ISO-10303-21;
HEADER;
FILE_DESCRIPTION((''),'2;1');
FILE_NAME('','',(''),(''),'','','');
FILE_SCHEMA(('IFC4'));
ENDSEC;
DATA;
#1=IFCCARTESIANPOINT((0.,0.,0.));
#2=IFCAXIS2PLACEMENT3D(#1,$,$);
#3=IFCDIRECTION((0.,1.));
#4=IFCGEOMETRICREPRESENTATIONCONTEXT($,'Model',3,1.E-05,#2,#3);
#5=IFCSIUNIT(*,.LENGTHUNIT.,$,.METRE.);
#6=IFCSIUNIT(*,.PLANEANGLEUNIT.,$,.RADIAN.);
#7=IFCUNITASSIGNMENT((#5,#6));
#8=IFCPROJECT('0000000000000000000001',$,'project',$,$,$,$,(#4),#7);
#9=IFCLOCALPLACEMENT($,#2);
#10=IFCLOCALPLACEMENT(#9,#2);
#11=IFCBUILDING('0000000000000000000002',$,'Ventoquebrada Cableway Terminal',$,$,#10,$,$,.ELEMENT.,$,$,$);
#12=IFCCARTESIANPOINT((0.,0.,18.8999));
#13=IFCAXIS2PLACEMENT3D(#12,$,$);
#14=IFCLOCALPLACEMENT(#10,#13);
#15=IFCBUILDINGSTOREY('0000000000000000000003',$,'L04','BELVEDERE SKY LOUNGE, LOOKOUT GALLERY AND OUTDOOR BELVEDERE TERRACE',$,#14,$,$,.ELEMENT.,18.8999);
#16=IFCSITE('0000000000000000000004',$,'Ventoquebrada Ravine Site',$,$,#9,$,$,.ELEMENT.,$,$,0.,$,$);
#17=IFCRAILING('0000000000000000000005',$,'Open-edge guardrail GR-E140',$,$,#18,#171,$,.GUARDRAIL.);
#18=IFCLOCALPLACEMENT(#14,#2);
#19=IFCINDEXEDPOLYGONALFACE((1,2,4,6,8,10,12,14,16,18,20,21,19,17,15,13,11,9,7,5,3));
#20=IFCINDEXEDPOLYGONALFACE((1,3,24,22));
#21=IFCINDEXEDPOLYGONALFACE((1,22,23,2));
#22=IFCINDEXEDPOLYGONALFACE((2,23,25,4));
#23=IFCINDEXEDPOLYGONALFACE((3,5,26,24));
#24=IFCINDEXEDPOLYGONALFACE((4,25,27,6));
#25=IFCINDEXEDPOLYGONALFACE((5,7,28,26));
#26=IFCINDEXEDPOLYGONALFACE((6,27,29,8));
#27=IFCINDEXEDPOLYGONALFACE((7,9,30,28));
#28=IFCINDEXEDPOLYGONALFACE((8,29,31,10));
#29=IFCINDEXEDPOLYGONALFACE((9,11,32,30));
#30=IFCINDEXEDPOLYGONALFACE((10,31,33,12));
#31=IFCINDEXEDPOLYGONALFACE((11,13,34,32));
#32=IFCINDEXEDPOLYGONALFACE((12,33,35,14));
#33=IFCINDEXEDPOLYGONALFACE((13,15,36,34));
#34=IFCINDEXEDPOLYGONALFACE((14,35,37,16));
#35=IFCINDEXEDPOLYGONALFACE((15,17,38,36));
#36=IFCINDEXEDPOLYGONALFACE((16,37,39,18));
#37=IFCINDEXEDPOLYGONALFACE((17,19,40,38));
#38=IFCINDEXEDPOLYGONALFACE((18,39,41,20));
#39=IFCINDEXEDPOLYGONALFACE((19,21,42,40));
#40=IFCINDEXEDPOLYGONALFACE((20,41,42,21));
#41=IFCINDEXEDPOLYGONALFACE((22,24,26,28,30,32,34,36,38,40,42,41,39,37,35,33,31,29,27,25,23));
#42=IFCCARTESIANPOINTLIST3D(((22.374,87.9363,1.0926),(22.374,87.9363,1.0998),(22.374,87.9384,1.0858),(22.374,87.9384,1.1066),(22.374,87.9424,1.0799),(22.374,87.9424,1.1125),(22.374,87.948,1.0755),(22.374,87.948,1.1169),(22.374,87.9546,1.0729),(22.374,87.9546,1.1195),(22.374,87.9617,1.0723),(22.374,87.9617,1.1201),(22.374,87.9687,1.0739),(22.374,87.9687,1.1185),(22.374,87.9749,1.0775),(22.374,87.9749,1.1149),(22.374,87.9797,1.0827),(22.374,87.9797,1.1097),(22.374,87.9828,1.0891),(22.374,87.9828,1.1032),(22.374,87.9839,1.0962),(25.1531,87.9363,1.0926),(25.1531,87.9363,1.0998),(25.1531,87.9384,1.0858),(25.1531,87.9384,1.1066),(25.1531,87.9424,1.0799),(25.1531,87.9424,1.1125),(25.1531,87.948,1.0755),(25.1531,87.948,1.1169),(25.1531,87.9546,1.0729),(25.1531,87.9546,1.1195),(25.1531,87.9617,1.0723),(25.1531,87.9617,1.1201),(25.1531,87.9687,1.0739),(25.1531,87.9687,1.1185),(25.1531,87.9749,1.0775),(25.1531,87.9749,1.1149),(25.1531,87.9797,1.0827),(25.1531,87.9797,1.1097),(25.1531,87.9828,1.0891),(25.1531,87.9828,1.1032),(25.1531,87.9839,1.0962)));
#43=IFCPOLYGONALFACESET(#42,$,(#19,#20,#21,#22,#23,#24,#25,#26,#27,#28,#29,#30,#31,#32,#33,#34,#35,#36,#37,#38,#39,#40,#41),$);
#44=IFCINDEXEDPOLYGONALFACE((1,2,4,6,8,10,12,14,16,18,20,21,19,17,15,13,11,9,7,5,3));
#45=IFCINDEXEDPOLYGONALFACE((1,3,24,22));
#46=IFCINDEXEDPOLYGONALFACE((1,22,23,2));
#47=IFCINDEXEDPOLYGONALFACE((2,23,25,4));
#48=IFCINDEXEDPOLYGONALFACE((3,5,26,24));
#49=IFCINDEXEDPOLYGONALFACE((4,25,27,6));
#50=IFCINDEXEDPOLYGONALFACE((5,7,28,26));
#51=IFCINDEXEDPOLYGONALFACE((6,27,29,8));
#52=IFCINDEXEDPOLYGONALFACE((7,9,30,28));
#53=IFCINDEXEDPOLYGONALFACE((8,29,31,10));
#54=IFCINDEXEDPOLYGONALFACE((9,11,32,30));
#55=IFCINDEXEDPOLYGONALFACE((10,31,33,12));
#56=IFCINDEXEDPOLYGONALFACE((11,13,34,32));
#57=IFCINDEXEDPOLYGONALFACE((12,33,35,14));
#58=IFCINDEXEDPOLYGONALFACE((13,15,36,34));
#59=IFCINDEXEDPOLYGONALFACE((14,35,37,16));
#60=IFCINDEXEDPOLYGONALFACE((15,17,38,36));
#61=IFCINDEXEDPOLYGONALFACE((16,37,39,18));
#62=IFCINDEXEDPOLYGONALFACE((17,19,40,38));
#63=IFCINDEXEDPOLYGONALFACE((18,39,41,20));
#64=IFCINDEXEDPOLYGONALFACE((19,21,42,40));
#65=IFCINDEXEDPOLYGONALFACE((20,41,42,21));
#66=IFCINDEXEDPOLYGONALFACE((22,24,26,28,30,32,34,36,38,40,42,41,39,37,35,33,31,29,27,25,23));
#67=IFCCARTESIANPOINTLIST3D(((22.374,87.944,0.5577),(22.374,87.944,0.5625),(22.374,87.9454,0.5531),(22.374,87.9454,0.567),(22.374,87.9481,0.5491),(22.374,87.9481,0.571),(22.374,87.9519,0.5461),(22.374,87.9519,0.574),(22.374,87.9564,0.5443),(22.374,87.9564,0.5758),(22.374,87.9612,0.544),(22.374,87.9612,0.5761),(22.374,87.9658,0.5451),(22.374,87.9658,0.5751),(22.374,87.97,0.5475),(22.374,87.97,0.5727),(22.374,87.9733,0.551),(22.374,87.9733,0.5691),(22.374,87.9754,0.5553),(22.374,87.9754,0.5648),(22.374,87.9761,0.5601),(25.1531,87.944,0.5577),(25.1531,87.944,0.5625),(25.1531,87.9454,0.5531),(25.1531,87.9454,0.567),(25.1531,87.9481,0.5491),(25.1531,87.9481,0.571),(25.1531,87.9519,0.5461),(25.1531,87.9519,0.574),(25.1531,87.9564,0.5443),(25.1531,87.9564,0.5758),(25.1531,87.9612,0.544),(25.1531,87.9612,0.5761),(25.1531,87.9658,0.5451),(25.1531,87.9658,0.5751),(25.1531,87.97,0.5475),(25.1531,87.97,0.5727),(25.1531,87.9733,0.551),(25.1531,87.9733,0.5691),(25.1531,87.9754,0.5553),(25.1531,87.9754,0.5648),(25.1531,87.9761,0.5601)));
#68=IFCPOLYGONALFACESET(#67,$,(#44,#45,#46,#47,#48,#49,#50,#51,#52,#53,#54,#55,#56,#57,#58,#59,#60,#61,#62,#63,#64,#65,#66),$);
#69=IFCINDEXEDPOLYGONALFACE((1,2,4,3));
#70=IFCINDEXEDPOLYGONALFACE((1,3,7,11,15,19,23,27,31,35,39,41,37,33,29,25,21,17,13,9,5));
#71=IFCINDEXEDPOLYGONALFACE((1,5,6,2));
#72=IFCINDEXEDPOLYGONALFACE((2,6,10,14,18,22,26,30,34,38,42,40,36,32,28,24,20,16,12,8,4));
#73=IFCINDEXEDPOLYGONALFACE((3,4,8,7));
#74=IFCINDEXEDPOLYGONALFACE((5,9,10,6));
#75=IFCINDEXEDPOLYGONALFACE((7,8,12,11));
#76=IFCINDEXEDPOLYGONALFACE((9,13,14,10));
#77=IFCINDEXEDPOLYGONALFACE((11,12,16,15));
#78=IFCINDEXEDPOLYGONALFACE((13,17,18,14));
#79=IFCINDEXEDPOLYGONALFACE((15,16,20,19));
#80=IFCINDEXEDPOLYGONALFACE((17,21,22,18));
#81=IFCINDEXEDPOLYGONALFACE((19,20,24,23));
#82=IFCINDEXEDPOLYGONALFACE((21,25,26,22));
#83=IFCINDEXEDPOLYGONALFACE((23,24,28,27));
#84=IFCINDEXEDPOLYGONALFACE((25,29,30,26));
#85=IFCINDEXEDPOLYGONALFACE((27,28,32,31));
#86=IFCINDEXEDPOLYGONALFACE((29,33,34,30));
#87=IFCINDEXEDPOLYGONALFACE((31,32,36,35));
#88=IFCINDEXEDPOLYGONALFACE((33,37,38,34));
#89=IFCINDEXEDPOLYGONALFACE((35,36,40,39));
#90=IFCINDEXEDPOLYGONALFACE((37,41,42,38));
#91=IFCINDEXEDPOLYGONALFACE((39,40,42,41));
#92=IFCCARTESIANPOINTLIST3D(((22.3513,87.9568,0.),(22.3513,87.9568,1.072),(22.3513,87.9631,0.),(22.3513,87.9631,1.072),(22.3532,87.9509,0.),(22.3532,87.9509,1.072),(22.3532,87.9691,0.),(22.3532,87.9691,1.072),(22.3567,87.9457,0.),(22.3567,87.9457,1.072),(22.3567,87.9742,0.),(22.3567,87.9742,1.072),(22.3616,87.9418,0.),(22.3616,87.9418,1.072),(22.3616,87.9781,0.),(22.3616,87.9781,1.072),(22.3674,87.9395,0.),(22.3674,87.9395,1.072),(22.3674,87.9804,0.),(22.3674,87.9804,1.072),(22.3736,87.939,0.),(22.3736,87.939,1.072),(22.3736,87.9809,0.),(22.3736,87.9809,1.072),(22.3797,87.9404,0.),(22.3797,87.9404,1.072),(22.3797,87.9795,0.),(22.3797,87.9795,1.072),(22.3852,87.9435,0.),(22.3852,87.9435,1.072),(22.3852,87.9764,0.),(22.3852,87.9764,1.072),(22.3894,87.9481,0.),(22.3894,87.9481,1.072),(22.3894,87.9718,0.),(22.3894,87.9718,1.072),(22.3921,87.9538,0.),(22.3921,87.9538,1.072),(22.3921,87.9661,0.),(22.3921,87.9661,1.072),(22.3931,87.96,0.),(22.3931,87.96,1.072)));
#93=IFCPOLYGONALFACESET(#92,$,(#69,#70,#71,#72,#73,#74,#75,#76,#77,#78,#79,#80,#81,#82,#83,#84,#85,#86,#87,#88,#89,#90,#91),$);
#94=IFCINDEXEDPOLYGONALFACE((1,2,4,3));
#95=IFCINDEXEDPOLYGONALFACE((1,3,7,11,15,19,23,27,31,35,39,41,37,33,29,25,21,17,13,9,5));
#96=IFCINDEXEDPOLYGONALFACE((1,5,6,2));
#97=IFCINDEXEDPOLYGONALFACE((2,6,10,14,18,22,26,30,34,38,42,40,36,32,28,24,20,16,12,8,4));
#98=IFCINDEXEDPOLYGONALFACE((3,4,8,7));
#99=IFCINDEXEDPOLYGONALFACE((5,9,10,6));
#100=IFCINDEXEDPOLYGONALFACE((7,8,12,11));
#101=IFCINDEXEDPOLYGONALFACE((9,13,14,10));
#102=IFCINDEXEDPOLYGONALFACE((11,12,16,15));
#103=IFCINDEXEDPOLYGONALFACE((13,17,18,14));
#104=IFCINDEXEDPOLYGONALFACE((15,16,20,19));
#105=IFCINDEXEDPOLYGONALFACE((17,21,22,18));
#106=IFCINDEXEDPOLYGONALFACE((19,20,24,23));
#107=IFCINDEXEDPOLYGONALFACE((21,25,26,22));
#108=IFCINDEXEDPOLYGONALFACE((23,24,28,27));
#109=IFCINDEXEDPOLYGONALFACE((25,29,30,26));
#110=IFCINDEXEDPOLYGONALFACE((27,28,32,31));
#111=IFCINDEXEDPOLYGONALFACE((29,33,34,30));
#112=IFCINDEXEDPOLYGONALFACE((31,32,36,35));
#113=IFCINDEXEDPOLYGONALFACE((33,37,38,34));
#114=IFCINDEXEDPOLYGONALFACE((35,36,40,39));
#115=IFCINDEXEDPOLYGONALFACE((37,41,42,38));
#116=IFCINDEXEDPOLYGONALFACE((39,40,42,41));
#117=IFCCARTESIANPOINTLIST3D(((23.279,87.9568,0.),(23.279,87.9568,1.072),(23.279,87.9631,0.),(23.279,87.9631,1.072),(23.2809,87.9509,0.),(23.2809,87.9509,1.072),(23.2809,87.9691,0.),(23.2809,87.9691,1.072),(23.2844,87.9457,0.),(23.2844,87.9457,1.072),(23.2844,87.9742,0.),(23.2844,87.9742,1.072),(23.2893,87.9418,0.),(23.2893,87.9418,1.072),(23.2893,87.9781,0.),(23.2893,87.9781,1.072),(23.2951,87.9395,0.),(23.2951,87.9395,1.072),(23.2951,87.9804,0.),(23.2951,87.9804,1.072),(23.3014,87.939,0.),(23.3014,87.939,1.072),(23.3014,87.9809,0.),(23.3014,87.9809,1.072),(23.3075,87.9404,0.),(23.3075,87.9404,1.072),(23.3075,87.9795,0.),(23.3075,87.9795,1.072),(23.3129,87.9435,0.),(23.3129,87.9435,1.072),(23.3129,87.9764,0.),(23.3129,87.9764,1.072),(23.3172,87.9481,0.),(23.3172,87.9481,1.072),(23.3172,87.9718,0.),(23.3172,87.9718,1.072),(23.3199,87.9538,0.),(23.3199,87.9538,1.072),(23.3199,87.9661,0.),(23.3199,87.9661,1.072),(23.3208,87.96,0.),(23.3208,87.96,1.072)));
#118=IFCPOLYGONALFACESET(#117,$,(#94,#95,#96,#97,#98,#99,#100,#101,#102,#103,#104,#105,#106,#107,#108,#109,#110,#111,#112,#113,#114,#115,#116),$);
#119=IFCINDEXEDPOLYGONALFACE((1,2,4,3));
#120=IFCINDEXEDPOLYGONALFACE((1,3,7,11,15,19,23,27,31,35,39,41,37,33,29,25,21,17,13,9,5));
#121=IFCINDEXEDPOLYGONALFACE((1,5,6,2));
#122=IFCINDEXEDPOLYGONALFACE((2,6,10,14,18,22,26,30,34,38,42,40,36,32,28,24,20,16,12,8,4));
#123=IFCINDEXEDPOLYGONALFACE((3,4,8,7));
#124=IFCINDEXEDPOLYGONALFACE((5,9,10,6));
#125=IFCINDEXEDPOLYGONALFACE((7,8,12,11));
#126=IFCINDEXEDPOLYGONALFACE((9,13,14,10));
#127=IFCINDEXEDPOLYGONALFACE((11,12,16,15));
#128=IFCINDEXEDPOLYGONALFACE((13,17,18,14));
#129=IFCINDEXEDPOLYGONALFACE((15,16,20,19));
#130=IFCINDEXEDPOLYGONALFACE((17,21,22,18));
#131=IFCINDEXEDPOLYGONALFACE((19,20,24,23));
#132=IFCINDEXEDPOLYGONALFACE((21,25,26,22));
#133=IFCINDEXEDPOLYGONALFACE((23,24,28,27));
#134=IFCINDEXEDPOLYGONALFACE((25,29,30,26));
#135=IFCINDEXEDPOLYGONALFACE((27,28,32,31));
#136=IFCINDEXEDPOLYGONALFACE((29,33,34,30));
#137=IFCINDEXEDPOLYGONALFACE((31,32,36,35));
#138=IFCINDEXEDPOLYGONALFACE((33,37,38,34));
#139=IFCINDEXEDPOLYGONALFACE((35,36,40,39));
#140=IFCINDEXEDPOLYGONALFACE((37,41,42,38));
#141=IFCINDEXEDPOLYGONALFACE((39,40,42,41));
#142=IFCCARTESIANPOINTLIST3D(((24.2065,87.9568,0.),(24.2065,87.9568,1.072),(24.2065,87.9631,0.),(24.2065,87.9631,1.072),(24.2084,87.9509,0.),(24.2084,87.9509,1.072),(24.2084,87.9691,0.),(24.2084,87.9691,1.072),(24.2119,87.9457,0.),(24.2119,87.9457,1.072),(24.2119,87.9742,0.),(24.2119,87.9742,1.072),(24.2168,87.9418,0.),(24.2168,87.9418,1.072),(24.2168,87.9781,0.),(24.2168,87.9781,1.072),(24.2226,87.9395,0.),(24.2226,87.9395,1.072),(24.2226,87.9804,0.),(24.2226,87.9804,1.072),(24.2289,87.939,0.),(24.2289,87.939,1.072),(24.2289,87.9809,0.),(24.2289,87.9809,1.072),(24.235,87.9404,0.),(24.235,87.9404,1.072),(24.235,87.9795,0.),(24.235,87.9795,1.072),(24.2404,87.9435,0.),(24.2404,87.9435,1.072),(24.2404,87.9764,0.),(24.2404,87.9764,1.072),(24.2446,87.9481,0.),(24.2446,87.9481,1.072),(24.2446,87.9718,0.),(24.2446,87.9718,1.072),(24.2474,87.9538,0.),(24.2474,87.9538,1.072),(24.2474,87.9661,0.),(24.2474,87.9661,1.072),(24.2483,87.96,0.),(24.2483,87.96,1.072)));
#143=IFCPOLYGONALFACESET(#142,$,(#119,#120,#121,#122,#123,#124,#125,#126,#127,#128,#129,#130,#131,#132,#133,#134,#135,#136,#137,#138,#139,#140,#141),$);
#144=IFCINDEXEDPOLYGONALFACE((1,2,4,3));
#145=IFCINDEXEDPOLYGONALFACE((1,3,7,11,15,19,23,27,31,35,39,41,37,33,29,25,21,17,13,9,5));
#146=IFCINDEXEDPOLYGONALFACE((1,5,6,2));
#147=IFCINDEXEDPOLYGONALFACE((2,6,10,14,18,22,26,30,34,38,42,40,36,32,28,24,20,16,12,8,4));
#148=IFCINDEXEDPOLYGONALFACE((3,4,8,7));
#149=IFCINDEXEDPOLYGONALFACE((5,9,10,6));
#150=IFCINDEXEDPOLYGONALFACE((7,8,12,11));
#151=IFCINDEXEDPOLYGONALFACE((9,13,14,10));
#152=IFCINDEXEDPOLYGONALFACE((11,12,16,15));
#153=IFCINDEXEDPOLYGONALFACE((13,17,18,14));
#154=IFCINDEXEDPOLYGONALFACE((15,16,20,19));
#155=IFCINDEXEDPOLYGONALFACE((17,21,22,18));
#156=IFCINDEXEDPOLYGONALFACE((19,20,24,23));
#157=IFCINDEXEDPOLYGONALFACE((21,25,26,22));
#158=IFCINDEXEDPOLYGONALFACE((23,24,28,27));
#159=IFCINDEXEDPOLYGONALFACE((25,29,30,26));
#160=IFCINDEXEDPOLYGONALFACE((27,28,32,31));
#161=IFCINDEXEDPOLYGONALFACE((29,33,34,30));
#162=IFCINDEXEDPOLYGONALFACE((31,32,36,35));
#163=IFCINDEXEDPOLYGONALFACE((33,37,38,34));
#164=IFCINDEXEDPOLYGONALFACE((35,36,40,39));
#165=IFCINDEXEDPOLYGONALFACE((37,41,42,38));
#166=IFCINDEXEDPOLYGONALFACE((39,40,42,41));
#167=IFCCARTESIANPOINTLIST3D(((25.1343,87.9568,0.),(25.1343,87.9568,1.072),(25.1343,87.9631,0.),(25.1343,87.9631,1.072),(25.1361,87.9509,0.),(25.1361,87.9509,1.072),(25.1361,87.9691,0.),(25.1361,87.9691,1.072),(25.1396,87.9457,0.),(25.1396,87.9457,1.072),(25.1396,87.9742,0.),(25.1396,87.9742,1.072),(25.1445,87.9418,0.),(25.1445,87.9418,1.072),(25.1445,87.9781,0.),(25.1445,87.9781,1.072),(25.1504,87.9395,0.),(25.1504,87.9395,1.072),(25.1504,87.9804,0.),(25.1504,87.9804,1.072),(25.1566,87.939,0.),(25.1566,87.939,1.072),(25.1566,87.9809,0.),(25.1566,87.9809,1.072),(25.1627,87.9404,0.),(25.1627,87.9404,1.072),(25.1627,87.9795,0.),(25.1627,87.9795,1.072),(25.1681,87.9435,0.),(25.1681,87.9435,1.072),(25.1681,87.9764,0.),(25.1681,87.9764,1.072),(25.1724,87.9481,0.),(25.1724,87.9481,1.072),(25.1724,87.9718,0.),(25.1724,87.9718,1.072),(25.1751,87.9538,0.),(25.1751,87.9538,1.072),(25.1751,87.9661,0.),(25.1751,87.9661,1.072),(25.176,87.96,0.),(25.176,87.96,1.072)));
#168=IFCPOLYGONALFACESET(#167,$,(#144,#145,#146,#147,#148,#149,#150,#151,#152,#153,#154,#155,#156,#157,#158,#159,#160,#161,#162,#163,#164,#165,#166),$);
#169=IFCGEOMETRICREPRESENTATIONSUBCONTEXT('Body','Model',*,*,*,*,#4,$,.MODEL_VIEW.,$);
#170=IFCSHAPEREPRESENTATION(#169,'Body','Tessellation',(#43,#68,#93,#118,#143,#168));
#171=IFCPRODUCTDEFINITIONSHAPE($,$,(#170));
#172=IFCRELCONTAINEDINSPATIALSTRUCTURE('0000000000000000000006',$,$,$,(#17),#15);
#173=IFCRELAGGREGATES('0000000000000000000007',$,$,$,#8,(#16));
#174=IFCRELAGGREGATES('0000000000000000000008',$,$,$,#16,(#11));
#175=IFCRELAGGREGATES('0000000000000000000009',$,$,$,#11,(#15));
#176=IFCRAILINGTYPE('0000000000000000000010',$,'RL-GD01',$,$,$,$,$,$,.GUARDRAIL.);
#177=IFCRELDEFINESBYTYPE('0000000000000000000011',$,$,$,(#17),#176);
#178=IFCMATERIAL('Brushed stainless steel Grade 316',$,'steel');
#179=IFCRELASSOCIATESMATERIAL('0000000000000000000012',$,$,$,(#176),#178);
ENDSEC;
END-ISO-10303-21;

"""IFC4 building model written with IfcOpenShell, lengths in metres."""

from ifc_helpers import new_model, si_unit, direction, frame, origin, origin_2d, place, context, subcontext, project, spatial, circle, extrude, material, type_object, element, save


model = new_model("IFC4")

# Units and contexts
model_context = context("Model", 3, precision=1e-05, world=origin(), true_north=direction((0.0, 1.0)))
body_context = subcontext(model_context, "Body", "Model", "MODEL_VIEW")
ifc_project = project(units=[si_unit("LENGTHUNIT", "METRE"), si_unit("PLANEANGLEUNIT", "RADIAN")], contexts=[model_context])

# Site, building, storey
site_placement = place(None, origin())
site = spatial("IfcSite", under=ifc_project, at=site_placement, Name="Ventoquebrada Ravine Site", CompositionType="ELEMENT", RefElevation=0.0)
building_placement = place(site_placement, origin())
building = spatial("IfcBuilding", under=site, at=building_placement, Name="Ventoquebrada Cableway Terminal", CompositionType="ELEMENT")
storey_placement = place(building_placement, frame((0.0, 0.0, 18.8999)))
storey = spatial("IfcBuildingStorey", under=building, at=storey_placement, Name="L04", Description="BELVEDERE SKY LOUNGE, LOOKOUT GALLERY AND OUTDOOR BELVEDERE TERRACE", CompositionType="ELEMENT", Elevation=18.8999)

# Railing
ifc_material_1 = material(Name="Brushed stainless steel Grade 316", Category="steel")
railing_type = type_object("IfcRailingType", Name="RL-GD01", PredefinedType="GUARDRAIL", material=ifc_material_1)
railing_placement = place(storey_placement, frame((22.3721, 87.96, 0.0)))
element("IfcRailing", 1, at=railing_placement, inside=storey, type_object=railing_type, Name="Open-edge guardrail GR-E140", PredefinedType="GUARDRAIL", context=body_context, shape_type="SweptSolid", body=[
    extrude(circle(Radius=0.0239, at=origin_2d()), frame((0.002, 0.0, 1.0962), z_axis=(1.0, 0.0, 0.0), x_axis=(0.0, 1.0, 0.0)), (0.0, 0.0, 1.0), 2.7791),
    extrude(circle(Radius=0.0161, at=origin_2d()), frame((0.002, 0.0, 0.5601), z_axis=(1.0, 0.0, 0.0), x_axis=(0.0, 1.0, 0.0)), (0.0, 0.0, 1.0), 2.7791),
    extrude(circle(Radius=0.021, at=origin_2d()), origin(), (0.0, 0.0, 1.0), 1.072),
    extrude(circle(Radius=0.021, at=origin_2d()), frame((0.9277, 0.0, 0.0)), (0.0, 0.0, 1.0), 1.072),
    extrude(circle(Radius=0.021, at=origin_2d()), frame((1.8552, 0.0, 0.0)), (0.0, 0.0, 1.0), 1.072),
    extrude(circle(Radius=0.021, at=origin_2d()), frame((2.783, 0.0, 0.0)), (0.0, 0.0, 1.0), 1.072),
])

save(model, "model.ifc")
